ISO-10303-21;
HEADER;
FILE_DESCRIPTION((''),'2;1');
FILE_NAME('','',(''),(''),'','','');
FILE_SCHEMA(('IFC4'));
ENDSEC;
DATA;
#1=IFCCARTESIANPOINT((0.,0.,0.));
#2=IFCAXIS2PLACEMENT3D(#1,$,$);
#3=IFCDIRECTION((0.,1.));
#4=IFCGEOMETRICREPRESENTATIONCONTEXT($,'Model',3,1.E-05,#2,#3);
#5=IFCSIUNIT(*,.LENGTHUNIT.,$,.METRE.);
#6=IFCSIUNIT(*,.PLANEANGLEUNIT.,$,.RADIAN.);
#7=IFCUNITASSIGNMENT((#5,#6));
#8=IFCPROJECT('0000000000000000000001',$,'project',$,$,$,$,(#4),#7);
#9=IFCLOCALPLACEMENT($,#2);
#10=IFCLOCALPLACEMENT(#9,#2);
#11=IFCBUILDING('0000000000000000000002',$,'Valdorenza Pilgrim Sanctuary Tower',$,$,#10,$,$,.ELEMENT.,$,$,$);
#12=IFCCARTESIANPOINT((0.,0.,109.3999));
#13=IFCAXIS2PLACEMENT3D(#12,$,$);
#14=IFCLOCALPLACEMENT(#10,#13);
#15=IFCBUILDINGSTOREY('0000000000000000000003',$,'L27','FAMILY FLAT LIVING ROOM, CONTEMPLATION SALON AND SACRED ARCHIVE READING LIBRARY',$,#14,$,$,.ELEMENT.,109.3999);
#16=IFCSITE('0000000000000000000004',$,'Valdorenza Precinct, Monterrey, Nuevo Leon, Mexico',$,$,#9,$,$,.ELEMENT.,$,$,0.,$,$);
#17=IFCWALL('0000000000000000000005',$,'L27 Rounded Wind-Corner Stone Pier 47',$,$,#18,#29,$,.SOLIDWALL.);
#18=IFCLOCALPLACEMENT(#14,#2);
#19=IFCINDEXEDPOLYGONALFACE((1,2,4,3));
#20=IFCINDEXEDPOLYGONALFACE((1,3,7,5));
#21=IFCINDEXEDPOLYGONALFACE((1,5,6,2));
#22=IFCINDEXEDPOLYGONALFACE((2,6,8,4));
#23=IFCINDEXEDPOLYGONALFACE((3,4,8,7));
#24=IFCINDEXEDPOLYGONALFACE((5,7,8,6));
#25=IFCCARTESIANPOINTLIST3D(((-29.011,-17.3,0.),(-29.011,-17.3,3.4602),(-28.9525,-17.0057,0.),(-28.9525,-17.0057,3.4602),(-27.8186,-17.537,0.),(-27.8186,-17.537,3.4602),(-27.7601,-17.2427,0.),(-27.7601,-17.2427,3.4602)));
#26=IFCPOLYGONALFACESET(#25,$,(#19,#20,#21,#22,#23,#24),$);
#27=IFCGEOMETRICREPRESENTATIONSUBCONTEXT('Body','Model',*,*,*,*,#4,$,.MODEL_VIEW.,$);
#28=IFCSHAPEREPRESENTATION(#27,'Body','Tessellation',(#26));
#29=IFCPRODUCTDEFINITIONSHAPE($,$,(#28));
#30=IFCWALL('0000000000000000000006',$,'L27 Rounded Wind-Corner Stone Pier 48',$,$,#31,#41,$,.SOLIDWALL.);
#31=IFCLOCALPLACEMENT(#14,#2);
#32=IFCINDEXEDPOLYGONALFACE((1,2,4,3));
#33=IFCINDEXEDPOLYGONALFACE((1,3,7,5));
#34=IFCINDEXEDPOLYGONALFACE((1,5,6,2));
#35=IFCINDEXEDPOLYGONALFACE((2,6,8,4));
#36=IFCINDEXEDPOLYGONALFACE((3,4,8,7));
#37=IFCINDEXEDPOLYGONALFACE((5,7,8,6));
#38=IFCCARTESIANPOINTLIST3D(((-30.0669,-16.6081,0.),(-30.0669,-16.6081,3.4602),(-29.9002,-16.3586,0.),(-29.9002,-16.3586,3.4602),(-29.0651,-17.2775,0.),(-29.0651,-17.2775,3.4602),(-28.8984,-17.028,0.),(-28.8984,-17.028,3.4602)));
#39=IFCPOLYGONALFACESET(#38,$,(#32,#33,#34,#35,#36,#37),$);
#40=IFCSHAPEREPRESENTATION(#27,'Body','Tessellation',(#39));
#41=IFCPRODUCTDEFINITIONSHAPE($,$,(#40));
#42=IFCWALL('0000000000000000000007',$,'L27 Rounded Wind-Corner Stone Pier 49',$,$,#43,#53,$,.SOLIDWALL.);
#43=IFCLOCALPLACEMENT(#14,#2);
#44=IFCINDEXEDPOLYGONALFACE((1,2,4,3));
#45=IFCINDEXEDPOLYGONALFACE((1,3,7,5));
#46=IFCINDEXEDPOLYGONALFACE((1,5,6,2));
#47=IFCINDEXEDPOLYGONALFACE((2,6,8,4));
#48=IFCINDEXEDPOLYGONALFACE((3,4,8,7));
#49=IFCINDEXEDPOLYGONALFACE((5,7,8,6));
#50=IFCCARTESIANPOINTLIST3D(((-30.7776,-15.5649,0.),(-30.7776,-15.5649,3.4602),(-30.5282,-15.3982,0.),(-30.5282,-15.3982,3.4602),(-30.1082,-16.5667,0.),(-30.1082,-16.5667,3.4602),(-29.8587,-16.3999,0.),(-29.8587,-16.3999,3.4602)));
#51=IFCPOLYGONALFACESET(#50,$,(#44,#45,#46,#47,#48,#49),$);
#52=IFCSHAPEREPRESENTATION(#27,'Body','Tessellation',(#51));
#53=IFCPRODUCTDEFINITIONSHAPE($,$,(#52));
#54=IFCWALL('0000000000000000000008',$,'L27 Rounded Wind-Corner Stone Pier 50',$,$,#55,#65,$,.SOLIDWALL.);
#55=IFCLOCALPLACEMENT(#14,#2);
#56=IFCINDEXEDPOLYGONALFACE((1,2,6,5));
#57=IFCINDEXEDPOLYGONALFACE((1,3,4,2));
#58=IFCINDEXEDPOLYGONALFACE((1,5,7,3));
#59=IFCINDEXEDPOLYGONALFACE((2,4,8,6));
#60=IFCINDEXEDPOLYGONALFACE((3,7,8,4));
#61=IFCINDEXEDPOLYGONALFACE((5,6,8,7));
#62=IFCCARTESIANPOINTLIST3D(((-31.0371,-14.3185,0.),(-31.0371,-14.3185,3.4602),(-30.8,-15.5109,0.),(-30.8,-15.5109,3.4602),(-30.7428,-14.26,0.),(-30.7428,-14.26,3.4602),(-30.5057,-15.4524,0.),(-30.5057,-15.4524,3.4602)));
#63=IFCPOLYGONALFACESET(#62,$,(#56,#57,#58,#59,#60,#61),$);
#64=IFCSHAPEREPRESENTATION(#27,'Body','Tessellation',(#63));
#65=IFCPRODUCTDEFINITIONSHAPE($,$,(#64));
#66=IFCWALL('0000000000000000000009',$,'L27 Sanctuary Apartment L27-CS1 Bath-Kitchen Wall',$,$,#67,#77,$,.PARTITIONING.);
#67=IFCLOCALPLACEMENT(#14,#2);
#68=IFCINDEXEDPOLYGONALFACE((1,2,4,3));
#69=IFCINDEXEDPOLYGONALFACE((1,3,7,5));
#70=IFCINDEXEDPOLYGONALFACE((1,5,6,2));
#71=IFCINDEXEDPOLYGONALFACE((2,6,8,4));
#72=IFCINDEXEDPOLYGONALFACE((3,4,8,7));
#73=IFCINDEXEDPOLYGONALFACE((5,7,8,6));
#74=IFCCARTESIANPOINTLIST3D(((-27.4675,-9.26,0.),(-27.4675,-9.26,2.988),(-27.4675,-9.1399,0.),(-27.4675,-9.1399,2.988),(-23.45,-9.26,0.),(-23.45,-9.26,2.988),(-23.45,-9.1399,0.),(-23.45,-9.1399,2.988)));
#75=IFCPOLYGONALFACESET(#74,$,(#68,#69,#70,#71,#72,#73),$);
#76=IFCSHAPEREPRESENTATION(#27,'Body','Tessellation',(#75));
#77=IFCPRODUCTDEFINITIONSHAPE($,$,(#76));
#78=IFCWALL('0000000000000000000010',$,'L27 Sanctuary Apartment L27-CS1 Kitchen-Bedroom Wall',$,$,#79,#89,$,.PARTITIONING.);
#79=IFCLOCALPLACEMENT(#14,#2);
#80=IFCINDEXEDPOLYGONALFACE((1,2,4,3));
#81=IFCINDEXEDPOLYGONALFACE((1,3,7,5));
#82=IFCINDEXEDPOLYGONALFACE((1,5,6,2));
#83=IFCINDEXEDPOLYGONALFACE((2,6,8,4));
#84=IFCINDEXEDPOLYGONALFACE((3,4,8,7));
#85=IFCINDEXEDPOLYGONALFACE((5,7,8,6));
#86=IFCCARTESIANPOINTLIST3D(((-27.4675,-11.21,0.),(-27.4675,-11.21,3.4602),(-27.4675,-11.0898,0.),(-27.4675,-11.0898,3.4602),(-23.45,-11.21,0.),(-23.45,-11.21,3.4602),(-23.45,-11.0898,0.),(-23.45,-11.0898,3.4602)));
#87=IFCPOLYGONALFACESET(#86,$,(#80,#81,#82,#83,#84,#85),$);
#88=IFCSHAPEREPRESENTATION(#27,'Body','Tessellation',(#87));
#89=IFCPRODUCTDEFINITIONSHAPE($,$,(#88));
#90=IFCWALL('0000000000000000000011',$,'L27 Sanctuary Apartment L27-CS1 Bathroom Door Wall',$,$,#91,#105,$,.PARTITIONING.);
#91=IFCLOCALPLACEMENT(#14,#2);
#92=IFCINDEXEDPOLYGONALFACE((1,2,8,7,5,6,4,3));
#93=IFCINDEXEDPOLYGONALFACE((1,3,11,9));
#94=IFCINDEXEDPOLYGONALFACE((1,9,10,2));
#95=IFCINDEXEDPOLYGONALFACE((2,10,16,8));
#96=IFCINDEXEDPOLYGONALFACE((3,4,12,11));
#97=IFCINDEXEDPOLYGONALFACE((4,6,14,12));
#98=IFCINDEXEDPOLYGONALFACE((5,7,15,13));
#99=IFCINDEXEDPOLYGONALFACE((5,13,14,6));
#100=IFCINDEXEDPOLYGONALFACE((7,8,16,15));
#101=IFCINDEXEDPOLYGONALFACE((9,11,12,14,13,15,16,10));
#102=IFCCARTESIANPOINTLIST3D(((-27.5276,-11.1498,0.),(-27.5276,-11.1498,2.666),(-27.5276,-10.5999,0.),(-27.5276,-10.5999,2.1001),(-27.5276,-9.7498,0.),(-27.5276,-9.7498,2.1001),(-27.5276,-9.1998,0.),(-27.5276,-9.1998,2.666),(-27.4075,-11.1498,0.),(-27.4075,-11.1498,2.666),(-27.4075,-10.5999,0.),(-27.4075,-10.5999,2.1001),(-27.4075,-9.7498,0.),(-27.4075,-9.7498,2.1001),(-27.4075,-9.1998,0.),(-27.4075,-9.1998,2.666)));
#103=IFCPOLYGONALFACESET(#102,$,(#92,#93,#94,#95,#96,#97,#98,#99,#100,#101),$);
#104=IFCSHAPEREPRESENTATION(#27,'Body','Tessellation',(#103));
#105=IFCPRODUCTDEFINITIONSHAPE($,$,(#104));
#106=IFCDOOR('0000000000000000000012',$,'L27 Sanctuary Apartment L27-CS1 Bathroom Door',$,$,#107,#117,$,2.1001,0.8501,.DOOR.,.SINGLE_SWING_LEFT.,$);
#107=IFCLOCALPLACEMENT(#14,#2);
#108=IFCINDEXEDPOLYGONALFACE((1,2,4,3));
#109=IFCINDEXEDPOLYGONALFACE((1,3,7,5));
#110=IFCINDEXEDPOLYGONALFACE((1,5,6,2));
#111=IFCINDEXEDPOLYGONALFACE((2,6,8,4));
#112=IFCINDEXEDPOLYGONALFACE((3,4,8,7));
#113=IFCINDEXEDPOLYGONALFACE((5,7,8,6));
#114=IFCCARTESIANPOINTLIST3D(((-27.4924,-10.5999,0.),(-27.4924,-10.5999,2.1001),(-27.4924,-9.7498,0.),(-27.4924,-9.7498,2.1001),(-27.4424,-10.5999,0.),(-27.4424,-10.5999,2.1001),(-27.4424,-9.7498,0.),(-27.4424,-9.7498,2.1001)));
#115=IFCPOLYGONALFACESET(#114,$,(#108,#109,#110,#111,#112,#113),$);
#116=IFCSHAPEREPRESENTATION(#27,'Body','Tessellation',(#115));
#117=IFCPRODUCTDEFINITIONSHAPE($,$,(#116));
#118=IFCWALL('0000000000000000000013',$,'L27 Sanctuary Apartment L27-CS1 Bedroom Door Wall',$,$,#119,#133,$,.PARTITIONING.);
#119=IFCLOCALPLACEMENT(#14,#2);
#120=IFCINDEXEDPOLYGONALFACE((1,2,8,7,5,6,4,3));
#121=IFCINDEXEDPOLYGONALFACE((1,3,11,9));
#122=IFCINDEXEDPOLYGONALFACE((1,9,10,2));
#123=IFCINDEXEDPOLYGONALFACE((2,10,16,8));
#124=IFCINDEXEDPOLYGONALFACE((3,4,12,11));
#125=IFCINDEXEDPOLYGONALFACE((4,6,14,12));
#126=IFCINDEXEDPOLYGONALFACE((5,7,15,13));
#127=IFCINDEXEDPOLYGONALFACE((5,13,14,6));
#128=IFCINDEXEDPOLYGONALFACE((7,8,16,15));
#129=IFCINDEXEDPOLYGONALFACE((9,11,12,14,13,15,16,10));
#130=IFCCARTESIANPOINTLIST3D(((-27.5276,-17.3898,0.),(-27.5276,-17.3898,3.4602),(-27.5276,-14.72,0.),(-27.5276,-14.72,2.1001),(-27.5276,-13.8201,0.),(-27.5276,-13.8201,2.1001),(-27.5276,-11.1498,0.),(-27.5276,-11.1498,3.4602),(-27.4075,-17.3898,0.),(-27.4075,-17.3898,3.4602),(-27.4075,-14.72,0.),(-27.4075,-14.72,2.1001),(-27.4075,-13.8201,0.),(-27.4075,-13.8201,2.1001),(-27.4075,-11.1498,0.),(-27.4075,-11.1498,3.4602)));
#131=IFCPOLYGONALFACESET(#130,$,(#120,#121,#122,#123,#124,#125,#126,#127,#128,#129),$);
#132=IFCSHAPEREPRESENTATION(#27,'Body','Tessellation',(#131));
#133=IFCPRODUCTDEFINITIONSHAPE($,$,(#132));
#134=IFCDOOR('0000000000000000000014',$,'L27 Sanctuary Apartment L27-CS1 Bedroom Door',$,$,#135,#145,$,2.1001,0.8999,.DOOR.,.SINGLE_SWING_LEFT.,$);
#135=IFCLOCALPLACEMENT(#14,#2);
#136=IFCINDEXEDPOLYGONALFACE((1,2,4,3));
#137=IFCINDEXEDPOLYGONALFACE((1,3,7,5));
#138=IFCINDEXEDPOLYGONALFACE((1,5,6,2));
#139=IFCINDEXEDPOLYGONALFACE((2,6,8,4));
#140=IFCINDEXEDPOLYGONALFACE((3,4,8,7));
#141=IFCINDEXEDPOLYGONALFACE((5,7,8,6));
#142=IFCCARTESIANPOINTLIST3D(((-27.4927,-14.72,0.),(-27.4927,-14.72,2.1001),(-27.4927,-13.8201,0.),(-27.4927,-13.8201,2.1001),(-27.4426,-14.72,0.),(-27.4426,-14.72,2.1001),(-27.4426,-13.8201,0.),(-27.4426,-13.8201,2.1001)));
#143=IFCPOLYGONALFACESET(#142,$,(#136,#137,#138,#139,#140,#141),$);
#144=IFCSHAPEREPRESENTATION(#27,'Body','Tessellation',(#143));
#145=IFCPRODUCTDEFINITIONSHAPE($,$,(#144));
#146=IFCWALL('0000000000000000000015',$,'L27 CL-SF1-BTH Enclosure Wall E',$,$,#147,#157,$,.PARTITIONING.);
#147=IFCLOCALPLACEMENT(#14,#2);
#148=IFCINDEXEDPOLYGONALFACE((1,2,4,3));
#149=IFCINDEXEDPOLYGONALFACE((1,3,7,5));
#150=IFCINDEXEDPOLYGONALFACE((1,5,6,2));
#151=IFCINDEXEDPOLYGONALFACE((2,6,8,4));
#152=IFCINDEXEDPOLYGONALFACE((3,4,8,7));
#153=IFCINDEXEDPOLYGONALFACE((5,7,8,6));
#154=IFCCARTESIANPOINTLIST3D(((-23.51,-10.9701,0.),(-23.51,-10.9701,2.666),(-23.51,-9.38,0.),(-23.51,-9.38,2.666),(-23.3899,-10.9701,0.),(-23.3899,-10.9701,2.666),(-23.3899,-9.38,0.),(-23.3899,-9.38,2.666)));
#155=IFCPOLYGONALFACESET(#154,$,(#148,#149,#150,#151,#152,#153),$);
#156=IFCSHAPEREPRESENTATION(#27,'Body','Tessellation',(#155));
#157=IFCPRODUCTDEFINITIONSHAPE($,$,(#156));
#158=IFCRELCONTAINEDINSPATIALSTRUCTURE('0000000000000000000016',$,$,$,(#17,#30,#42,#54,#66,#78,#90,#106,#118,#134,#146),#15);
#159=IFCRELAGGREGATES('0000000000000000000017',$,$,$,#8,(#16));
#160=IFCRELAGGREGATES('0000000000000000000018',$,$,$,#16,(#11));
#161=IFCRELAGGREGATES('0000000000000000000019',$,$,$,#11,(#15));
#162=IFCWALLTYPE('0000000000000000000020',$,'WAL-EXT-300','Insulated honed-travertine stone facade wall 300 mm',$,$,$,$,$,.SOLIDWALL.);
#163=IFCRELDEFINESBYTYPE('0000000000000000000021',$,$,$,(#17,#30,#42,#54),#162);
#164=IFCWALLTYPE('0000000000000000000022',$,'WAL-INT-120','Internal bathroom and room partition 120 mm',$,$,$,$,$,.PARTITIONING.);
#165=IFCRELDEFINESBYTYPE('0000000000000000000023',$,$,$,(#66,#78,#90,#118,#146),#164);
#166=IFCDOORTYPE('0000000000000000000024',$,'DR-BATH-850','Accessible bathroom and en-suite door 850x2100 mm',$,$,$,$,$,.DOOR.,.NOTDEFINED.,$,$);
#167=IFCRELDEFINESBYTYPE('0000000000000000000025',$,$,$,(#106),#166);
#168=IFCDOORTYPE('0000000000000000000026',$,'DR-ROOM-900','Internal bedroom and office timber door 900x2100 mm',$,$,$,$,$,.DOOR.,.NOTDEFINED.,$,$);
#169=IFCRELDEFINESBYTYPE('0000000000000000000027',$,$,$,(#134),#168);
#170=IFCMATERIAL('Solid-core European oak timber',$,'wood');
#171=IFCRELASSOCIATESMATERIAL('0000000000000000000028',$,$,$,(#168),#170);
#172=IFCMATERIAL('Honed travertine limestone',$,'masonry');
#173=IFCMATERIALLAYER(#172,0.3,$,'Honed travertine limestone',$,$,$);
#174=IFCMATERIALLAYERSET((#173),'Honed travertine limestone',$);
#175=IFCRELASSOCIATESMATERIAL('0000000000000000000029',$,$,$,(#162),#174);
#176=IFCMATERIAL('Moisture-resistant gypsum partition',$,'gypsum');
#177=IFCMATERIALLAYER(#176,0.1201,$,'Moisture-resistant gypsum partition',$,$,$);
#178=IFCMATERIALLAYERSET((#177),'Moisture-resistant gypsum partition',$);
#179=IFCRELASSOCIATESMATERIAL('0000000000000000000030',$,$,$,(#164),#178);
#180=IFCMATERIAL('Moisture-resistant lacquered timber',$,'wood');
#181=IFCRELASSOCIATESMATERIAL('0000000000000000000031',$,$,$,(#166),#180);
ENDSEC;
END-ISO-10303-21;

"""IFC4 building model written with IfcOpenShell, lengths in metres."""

from ifc_helpers import new_model, si_unit, direction, frame, frame_2d, origin, place, context, subcontext, project, spatial, rectangle, extrude, material, layer, layer_set, type_object, element, fill, save


model = new_model("IFC4")

# Units and contexts
model_context = context("Model", 3, precision=1e-05, world=origin(), true_north=direction((0.0, 1.0)))
body_context = subcontext(model_context, "Body", "Model", "MODEL_VIEW")
ifc_project = project(units=[si_unit("LENGTHUNIT", "METRE"), si_unit("PLANEANGLEUNIT", "RADIAN")], contexts=[model_context])

# Site, building, storey
site_placement = place(None, origin())
site = spatial("IfcSite", under=ifc_project, at=site_placement, Name="Valdorenza Precinct, Monterrey, Nuevo Leon, Mexico", CompositionType="ELEMENT", RefElevation=0.0)
building_placement = place(site_placement, origin())
building = spatial("IfcBuilding", under=site, at=building_placement, Name="Valdorenza Pilgrim Sanctuary Tower", CompositionType="ELEMENT")
storey_placement = place(building_placement, frame((0.0, 0.0, 109.3999)))
storey = spatial("IfcBuildingStorey", under=building, at=storey_placement, Name="L27", Description="FAMILY FLAT LIVING ROOM, CONTEMPLATION SALON AND SACRED ARCHIVE READING LIBRARY", CompositionType="ELEMENT", Elevation=109.3999)

# Shared definitions
ifc_material_1 = material(Name="Honed travertine limestone", Category="masonry")

# Shared definitions
ifc_material_2 = material(Name="Solid-core European oak timber", Category="wood")
door_type_1 = type_object("IfcDoorType", Name="DR-ROOM-900", Description="Internal bedroom and office timber door 900x2100 mm", OperationType="NOTDEFINED", PredefinedType="DOOR", material=ifc_material_2)

# Walls
ifc_layer_1 = layer(ifc_material_1, 0.3, Name="Honed travertine limestone")
ifc_layer_set_1 = layer_set([ifc_layer_1], Name="Honed travertine limestone")
wall_type_1 = type_object("IfcWallType", Name="WAL-EXT-300", Description="Insulated honed-travertine stone facade wall 300 mm", PredefinedType="SOLIDWALL", material=ifc_layer_set_1)
wall_1_placement = place(storey_placement, frame((-27.7893, -17.3899, 0.0), z_axis=(0.0, 0.0, 1.0), x_axis=(-0.980804, 0.194996, 0.0)))
element("IfcWall", 1, at=wall_1_placement, inside=storey, type_object=wall_type_1, Name="L27 Rounded Wind-Corner Stone Pier 47", PredefinedType="SOLIDWALL", context=body_context, shape_type="SweptSolid", body=[
    extrude(rectangle(XDim=1.2158, YDim=0.3, at=frame_2d((0.6079, 0.0))), origin(), (0.0, 0.0, 1.0), 3.4602),
])
for number, where, z_axis, x_axis, name in (
    (2, (-28.9817, -17.1528, 0.0), (0.0, 0.0, 1.0), (-0.831426, 0.555635, 0.0), "L27 Rounded Wind-Corner Stone Pier 48"),
    (3, (-29.9834, -16.4834, 0.0), (0.0, 0.0, 1.0), (-0.555635, 0.831426, 0.0), "L27 Rounded Wind-Corner Stone Pier 49"),
):
    element("IfcWall", number, at=place(storey_placement, frame(where, z_axis=z_axis, x_axis=x_axis)), inside=storey, type_object=wall_type_1, Name=name, PredefinedType="SOLIDWALL", context=body_context, shape_type="SweptSolid", body=[
        extrude(rectangle(XDim=1.2048, YDim=0.3, at=frame_2d((0.6025, 0.0))), origin(), (0.0, 0.0, 1.0), 3.4602),
    ])
wall_2_placement = place(storey_placement, frame((-30.6528, -15.4817, 0.0), z_axis=(0.0, 0.0, 1.0), x_axis=(-0.194996, 0.980804, 0.0)))
element("IfcWall", 4, at=wall_2_placement, inside=storey, type_object=wall_type_1, Name="L27 Rounded Wind-Corner Stone Pier 50", PredefinedType="SOLIDWALL", context=body_context, shape_type="SweptSolid", body=[
    extrude(rectangle(XDim=1.2158, YDim=0.3, at=frame_2d((0.6079, 0.0))), origin(), (0.0, 0.0, 1.0), 3.4602),
])
ifc_material_3 = material(Name="Moisture-resistant gypsum partition", Category="gypsum")
ifc_layer_2 = layer(ifc_material_3, 0.1201, Name="Moisture-resistant gypsum partition")
ifc_layer_set_2 = layer_set([ifc_layer_2], Name="Moisture-resistant gypsum partition")
wall_type_2 = type_object("IfcWallType", Name="WAL-INT-120", Description="Internal bathroom and room partition 120 mm", PredefinedType="PARTITIONING", material=ifc_layer_set_2)
wall_3_placement = place(storey_placement, frame((-27.4675, -9.2, 0.0), z_axis=(0.0, 0.0, 1.0), x_axis=(1.0, 0.0, 0.0)))
element("IfcWall", 5, at=wall_3_placement, inside=storey, type_object=wall_type_2, Name="L27 Sanctuary Apartment L27-CS1 Bath-Kitchen Wall", PredefinedType="PARTITIONING", context=body_context, shape_type="SweptSolid", body=[
    extrude(rectangle(XDim=4.0176, YDim=0.1201, at=frame_2d((2.0088, 0.0))), origin(), (0.0, 0.0, 1.0), 2.988),
])
wall_4_placement = place(storey_placement, frame((-27.4675, -11.1499, 0.0), z_axis=(0.0, 0.0, 1.0), x_axis=(1.0, 0.0, 0.0)))
element("IfcWall", 6, at=wall_4_placement, inside=storey, type_object=wall_type_2, Name="L27 Sanctuary Apartment L27-CS1 Kitchen-Bedroom Wall", PredefinedType="PARTITIONING", context=body_context, shape_type="SweptSolid", body=[
    extrude(rectangle(XDim=4.0176, YDim=0.1201, at=frame_2d((2.0088, 0.0))), origin(), (0.0, 0.0, 1.0), 3.4602),
])

# Walls, openings, doors
wall_5_placement = place(storey_placement, frame((-27.4675, -11.1499, 0.0), z_axis=(0.0, 0.0, 1.0), x_axis=(0.0, 1.0, 0.0)))
wall_5 = element("IfcWall", 7, at=wall_5_placement, inside=storey, type_object=wall_type_2, Name="L27 Sanctuary Apartment L27-CS1 Bathroom Door Wall", PredefinedType="PARTITIONING", context=body_context, shape_type="SweptSolid", body=[
    extrude(rectangle(XDim=1.95, YDim=0.1201, at=frame_2d((0.9751, 0.0))), origin(), (0.0, 0.0, 1.0), 2.666),
])
opening_1_placement = place(wall_5_placement, frame((0.55, 0.0, 0.0)))
opening_1 = element("IfcOpeningElement", 8, at=opening_1_placement, cuts=wall_5, PredefinedType="OPENING", context=body_context, shape_type="SweptSolid", body=[
    extrude(rectangle(XDim=0.8501, YDim=2.1001, at=frame_2d((0.425, 1.05))), frame((0.0, 0.075, 0.0), z_axis=(0.0, -1.0, 0.0), x_axis=(1.0, 0.0, 0.0)), (0.0, 0.0, 1.0), 0.1499),
])
ifc_material_4 = material(Name="Moisture-resistant lacquered timber", Category="wood")
door_type_2 = type_object("IfcDoorType", Name="DR-BATH-850", Description="Accessible bathroom and en-suite door 850x2100 mm", OperationType="NOTDEFINED", PredefinedType="DOOR", material=ifc_material_4)
door_1_placement = place(opening_1_placement, origin())
door_1 = element("IfcDoor", 9, at=door_1_placement, inside=storey, type_object=door_type_2, Name="L27 Sanctuary Apartment L27-CS1 Bathroom Door", OperationType="SINGLE_SWING_LEFT", OverallHeight=2.1001, OverallWidth=0.8501, PredefinedType="DOOR", context=body_context, shape_type="SweptSolid", body=[
    extrude(rectangle(XDim=0.8501, YDim=2.1001, at=frame_2d((0.425, 1.05))), frame((0.0, 0.0249, 0.0), z_axis=(0.0, -1.0, 0.0), x_axis=(1.0, 0.0, 0.0)), (0.0, 0.0, 1.0), 0.05),
])
fill(opening_1, door_1)
wall_6_placement = place(storey_placement, frame((-27.4675, -17.3899, 0.0), z_axis=(0.0, 0.0, 1.0), x_axis=(0.0, 1.0, 0.0)))
wall_6 = element("IfcWall", 10, at=wall_6_placement, inside=storey, type_object=wall_type_2, Name="L27 Sanctuary Apartment L27-CS1 Bedroom Door Wall", PredefinedType="PARTITIONING", context=body_context, shape_type="SweptSolid", body=[
    extrude(rectangle(XDim=6.24, YDim=0.1201, at=frame_2d((3.1201, 0.0))), origin(), (0.0, 0.0, 1.0), 3.4602),
])
opening_2_placement = place(wall_6_placement, frame((2.6699, 0.0, 0.0)))
opening_2 = element("IfcOpeningElement", 11, at=opening_2_placement, cuts=wall_6, PredefinedType="OPENING", context=body_context, shape_type="SweptSolid", body=[
    extrude(rectangle(XDim=0.8999, YDim=2.1001, at=frame_2d((0.45, 1.05))), frame((0.0, 0.075, 0.0), z_axis=(0.0, -1.0, 0.0), x_axis=(1.0, 0.0, 0.0)), (0.0, 0.0, 1.0), 0.1499),
])
door_2_placement = place(opening_2_placement, frame((0.8999, 0.0, 0.0), z_axis=(0.0, 0.0, 1.0), x_axis=(-1.0, 0.0, 0.0)))
door_2 = element("IfcDoor", 12, at=door_2_placement, inside=storey, type_object=door_type_1, Name="L27 Sanctuary Apartment L27-CS1 Bedroom Door", OperationType="SINGLE_SWING_LEFT", OverallHeight=2.1001, OverallWidth=0.8999, PredefinedType="DOOR", context=body_context, shape_type="SweptSolid", body=[
    extrude(rectangle(XDim=0.8999, YDim=2.1001, at=frame_2d((0.45, 1.05))), frame((0.0, 0.0249, 0.0), z_axis=(0.0, -1.0, 0.0), x_axis=(1.0, 0.0, 0.0)), (0.0, 0.0, 1.0), 0.05),
])
fill(opening_2, door_2)

# Wall
wall_7_placement = place(storey_placement, frame((-23.45, -10.97, 0.0), z_axis=(0.0, 0.0, 1.0), x_axis=(0.0, 1.0, 0.0)))
element("IfcWall", 13, at=wall_7_placement, inside=storey, type_object=wall_type_2, Name="L27 CL-SF1-BTH Enclosure Wall E", PredefinedType="PARTITIONING", context=body_context, shape_type="SweptSolid", body=[
    extrude(rectangle(XDim=1.5901, YDim=0.1201, at=frame_2d((0.7949, 0.0))), origin(), (0.0, 0.0, 1.0), 2.666),
])

save(model, "model.ifc")
